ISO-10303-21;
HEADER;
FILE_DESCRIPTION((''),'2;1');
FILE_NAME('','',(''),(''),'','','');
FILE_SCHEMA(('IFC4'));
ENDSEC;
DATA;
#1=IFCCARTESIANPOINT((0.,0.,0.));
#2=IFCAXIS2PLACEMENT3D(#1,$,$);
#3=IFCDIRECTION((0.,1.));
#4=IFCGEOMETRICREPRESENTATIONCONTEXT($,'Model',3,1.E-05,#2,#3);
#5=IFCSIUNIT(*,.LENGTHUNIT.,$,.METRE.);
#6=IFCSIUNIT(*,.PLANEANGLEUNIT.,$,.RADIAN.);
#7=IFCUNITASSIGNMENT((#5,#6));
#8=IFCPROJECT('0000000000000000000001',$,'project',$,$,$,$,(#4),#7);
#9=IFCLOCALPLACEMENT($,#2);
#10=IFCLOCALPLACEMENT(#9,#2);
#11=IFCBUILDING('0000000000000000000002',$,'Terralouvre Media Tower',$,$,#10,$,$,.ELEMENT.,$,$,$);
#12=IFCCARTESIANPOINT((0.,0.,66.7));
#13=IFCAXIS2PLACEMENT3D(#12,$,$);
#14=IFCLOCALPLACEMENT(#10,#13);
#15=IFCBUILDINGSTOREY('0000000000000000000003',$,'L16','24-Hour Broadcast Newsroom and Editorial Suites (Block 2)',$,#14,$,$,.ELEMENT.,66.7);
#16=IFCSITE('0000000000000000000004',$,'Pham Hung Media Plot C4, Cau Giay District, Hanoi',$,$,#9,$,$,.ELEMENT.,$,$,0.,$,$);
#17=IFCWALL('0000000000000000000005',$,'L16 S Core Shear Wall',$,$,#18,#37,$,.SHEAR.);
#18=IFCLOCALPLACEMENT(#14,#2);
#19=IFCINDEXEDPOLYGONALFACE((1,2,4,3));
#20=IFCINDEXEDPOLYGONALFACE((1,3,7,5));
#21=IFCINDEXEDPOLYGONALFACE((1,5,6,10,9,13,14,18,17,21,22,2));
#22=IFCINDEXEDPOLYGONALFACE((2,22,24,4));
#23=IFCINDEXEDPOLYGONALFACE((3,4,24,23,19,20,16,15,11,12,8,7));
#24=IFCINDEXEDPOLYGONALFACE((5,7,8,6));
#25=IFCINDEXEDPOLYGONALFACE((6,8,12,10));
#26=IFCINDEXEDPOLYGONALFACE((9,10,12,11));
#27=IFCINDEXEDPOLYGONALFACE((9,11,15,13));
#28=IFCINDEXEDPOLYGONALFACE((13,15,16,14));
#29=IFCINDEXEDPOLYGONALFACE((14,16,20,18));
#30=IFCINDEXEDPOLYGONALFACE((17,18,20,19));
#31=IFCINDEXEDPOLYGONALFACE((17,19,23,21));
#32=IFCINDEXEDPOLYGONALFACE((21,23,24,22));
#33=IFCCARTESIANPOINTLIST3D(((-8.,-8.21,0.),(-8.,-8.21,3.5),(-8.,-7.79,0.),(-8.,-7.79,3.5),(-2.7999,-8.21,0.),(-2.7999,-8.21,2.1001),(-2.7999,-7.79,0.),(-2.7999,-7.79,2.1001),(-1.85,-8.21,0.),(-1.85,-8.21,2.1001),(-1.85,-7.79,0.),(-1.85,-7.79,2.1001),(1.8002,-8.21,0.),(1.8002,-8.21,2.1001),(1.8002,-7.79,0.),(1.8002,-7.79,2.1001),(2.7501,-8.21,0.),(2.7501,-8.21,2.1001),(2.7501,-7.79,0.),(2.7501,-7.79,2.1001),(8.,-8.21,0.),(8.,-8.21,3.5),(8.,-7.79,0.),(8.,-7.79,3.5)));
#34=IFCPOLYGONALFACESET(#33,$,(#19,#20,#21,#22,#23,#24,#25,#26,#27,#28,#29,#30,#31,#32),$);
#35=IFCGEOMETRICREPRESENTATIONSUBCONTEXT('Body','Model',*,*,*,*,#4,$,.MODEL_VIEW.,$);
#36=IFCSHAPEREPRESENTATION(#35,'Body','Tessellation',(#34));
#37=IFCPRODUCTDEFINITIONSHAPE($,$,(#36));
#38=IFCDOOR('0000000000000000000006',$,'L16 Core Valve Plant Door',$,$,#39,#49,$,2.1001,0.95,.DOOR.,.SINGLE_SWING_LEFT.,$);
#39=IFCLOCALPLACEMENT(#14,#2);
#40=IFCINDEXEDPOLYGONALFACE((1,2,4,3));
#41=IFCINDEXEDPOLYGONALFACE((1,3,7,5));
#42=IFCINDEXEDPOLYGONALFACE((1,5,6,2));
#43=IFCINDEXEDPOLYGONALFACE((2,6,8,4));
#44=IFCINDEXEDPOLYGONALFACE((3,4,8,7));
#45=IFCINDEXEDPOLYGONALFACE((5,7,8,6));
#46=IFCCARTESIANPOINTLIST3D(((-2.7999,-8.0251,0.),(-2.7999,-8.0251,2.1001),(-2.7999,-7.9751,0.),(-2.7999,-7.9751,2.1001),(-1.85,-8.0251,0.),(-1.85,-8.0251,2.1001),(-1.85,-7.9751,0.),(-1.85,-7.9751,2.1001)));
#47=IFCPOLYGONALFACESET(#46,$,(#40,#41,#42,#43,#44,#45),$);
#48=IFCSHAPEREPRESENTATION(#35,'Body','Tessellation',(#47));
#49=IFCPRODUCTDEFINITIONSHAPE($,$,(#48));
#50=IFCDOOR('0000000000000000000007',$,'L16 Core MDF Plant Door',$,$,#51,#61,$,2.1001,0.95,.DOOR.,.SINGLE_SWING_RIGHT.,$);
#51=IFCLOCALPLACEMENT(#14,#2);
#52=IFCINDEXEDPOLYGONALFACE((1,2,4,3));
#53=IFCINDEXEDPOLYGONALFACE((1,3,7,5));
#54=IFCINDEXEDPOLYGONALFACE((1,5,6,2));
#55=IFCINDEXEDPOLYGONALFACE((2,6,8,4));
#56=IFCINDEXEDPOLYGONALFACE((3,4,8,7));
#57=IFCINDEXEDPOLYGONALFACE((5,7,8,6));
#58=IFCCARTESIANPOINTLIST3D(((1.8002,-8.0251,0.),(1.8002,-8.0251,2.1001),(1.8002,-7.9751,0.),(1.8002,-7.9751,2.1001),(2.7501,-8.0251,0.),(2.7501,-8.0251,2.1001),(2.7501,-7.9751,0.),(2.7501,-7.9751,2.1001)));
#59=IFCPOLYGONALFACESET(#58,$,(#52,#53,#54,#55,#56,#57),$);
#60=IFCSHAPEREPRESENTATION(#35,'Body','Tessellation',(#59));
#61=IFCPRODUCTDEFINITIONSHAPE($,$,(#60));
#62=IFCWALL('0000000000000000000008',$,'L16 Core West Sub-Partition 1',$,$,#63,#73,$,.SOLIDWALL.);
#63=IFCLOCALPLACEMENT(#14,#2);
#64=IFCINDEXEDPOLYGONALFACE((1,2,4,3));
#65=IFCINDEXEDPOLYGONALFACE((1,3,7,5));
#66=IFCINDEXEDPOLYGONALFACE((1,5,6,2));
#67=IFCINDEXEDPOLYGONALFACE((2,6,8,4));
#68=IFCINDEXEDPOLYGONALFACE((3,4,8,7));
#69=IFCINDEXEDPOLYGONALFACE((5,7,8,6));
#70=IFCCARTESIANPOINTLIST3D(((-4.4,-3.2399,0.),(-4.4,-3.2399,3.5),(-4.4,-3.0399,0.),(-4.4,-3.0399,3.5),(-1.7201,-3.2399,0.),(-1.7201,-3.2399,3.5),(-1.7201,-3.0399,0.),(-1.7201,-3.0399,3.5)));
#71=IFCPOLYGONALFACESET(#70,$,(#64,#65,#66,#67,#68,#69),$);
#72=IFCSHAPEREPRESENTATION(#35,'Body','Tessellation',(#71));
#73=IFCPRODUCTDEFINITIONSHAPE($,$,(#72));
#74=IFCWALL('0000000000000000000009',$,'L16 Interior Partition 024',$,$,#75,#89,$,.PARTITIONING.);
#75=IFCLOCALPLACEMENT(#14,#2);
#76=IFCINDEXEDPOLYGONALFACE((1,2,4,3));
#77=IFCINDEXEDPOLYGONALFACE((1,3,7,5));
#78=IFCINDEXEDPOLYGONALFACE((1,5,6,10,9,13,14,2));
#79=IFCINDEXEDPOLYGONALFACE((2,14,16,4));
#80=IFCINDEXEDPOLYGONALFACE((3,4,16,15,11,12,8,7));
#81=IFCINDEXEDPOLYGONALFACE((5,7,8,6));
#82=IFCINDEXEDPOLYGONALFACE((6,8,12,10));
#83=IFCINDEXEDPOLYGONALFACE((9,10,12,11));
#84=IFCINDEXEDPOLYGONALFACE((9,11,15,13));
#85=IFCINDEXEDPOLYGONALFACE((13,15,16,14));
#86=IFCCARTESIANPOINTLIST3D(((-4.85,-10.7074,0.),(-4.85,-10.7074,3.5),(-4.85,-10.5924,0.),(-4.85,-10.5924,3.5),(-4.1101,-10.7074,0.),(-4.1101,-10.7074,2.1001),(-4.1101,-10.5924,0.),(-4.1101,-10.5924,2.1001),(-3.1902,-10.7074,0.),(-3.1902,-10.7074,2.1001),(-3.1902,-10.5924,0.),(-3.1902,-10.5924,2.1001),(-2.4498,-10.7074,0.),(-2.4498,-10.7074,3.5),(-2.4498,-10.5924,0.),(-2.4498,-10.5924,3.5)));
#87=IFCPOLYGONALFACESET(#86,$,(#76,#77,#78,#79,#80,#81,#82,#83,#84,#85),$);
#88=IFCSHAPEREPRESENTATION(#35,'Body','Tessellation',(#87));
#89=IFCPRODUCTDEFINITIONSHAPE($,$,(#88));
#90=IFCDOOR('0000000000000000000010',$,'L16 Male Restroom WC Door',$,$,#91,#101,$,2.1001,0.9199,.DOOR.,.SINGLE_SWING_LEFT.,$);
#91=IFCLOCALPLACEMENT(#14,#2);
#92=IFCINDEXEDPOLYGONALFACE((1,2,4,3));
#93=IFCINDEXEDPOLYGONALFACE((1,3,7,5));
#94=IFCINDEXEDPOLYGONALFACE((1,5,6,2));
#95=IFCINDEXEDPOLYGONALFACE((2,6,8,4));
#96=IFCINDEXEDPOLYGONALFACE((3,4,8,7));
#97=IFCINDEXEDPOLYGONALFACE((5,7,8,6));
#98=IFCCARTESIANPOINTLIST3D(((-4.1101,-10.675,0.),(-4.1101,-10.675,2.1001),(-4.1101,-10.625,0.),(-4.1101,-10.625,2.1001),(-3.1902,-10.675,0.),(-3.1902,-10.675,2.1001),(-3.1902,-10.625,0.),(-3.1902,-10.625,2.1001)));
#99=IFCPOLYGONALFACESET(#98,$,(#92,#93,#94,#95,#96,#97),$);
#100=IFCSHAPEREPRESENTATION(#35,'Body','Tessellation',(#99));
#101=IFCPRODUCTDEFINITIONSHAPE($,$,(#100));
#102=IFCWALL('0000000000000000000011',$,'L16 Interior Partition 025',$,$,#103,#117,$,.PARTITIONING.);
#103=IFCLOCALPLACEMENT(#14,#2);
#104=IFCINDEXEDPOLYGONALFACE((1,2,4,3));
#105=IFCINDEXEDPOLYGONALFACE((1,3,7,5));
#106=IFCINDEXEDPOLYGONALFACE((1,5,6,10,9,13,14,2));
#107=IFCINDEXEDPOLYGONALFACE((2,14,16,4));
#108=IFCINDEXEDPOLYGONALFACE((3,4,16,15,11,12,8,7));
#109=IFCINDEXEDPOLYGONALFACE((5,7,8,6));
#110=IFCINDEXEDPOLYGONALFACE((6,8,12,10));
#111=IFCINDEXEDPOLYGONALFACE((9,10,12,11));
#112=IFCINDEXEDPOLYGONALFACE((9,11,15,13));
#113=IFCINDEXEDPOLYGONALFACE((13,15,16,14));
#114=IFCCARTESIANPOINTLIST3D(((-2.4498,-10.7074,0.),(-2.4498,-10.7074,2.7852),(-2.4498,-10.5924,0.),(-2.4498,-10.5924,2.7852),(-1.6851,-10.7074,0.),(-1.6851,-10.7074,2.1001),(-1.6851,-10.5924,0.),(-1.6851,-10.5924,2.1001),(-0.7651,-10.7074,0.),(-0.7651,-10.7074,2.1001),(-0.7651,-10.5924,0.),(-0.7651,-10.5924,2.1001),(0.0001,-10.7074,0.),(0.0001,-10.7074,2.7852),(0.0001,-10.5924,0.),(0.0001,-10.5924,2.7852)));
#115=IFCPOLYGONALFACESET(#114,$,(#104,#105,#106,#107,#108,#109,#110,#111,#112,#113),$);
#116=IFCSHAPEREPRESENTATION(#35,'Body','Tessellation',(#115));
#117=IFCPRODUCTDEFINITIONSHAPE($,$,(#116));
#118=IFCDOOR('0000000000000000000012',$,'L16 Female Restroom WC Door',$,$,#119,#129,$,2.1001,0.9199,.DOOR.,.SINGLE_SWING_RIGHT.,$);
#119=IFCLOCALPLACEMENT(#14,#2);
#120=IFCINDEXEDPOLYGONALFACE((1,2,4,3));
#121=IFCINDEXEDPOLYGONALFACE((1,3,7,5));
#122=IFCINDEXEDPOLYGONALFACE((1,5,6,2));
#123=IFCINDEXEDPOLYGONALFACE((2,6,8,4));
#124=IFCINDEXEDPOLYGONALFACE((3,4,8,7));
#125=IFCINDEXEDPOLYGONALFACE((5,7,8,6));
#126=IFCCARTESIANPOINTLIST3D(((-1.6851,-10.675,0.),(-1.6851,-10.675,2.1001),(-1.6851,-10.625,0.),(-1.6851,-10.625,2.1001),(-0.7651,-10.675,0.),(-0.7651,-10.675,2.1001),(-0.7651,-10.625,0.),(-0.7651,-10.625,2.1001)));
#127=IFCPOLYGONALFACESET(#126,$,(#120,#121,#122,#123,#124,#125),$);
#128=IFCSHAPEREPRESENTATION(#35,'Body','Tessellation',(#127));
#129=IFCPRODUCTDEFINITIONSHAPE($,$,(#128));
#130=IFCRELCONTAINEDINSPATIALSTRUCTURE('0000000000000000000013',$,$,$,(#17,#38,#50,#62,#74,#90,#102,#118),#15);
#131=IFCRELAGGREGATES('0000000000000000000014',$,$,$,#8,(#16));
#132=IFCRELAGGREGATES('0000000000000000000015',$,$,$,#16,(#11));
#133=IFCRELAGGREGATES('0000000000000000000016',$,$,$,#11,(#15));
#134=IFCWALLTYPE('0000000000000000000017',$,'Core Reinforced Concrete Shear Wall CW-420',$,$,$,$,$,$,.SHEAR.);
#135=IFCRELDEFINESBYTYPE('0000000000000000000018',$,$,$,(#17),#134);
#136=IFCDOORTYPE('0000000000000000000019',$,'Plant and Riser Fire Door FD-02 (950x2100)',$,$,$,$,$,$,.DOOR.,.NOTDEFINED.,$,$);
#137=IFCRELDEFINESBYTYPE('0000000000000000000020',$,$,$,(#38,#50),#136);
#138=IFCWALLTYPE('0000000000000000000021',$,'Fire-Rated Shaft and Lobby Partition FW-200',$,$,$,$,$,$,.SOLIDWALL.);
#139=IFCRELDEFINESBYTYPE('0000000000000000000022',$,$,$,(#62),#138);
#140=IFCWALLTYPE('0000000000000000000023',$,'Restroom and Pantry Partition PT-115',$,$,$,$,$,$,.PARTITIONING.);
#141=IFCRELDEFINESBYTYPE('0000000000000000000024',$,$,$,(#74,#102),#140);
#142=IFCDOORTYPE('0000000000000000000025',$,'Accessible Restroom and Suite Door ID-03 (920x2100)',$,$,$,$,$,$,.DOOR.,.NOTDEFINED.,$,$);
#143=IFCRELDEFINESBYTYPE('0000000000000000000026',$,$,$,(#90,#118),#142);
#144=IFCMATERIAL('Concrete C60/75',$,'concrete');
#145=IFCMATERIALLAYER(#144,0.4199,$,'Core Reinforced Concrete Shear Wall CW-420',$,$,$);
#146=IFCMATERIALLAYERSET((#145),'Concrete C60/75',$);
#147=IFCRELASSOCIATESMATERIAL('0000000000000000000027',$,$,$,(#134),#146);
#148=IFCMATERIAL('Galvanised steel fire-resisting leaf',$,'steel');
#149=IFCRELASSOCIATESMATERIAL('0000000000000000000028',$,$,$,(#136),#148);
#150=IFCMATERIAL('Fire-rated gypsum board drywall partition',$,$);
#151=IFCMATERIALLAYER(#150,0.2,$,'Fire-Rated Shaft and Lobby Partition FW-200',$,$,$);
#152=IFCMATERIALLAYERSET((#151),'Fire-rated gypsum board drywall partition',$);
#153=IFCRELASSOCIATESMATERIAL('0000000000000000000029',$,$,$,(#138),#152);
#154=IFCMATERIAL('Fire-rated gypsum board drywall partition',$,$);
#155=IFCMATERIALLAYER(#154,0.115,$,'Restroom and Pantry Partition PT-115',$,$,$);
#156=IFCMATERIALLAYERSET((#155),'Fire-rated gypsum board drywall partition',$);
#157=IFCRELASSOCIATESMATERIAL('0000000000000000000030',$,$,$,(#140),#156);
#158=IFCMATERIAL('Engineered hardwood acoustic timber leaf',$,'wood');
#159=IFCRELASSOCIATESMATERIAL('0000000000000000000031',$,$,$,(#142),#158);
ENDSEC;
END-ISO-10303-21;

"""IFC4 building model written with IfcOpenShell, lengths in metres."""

from ifc_helpers import new_model, si_unit, direction, frame, frame_2d, origin, place, context, subcontext, project, spatial, rectangle, extrude, material, layer, layer_set, type_object, element, fill, save


model = new_model("IFC4")

# Units and contexts
model_context = context("Model", 3, precision=1e-05, world=origin(), true_north=direction((0.0, 1.0)))
body_context = subcontext(model_context, "Body", "Model", "MODEL_VIEW")
ifc_project = project(units=[si_unit("LENGTHUNIT", "METRE"), si_unit("PLANEANGLEUNIT", "RADIAN")], contexts=[model_context])

# Site, building, storey
site_placement = place(None, origin())
site = spatial("IfcSite", under=ifc_project, at=site_placement, Name="Pham Hung Media Plot C4, Cau Giay District, Hanoi", CompositionType="ELEMENT", RefElevation=0.0)
building_placement = place(site_placement, origin())
building = spatial("IfcBuilding", under=site, at=building_placement, Name="Terralouvre Media Tower", CompositionType="ELEMENT")
storey_placement = place(building_placement, frame((0.0, 0.0, 66.7)))
storey = spatial("IfcBuildingStorey", under=building, at=storey_placement, Name="L16", Description="24-Hour Broadcast Newsroom and Editorial Suites (Block 2)", CompositionType="ELEMENT", Elevation=66.7)

# Wall, openings, doors
ifc_material_1 = material(Name="Concrete C60/75", Category="concrete")
ifc_layer_1 = layer(ifc_material_1, 0.4199, Name="Core Reinforced Concrete Shear Wall CW-420")
ifc_layer_set_1 = layer_set([ifc_layer_1], Name="Concrete C60/75")
wall_type_1 = type_object("IfcWallType", Name="Core Reinforced Concrete Shear Wall CW-420", PredefinedType="SHEAR", material=ifc_layer_set_1)
wall_1_placement = place(storey_placement, frame((-8.0, -8.0, 0.0), z_axis=(0.0, 0.0, 1.0), x_axis=(1.0, 0.0, 0.0)))
wall_1 = element("IfcWall", 1, at=wall_1_placement, inside=storey, type_object=wall_type_1, Name="L16 S Core Shear Wall", PredefinedType="SHEAR", context=body_context, shape_type="SweptSolid", body=[
    extrude(rectangle(XDim=16.0, YDim=0.4199, at=frame_2d((8.0, 0.0))), origin(), (0.0, 0.0, 1.0), 3.5),
])
opening_1_placement = place(wall_1_placement, frame((5.2, 0.0, 0.0)))
opening_1 = element("IfcOpeningElement", 2, at=opening_1_placement, cuts=wall_1, PredefinedType="OPENING", context=body_context, shape_type="SweptSolid", body=[
    extrude(rectangle(XDim=0.95, YDim=2.1001, at=frame_2d((0.4751, 1.05))), frame((0.0, 0.22, 0.0), z_axis=(0.0, -1.0, 0.0), x_axis=(1.0, 0.0, 0.0)), (0.0, 0.0, 1.0), 0.4399),
])
opening_2_placement = place(wall_1_placement, frame((9.8, 0.0, 0.0)))
opening_2 = element("IfcOpeningElement", 3, at=opening_2_placement, cuts=wall_1, PredefinedType="OPENING", context=body_context, shape_type="SweptSolid", body=[
    extrude(rectangle(XDim=0.95, YDim=2.1001, at=frame_2d((0.4751, 1.05))), frame((0.0, 0.22, 0.0), z_axis=(0.0, -1.0, 0.0), x_axis=(1.0, 0.0, 0.0)), (0.0, 0.0, 1.0), 0.4399),
])
ifc_material_2 = material(Name="Galvanised steel fire-resisting leaf", Category="steel")
door_type_1 = type_object("IfcDoorType", Name="Plant and Riser Fire Door FD-02 (950x2100)", OperationType="NOTDEFINED", PredefinedType="DOOR", material=ifc_material_2)
door_1_placement = place(opening_1_placement, origin())
door_1 = element("IfcDoor", 4, at=door_1_placement, inside=storey, type_object=door_type_1, Name="L16 Core Valve Plant Door", OperationType="SINGLE_SWING_LEFT", OverallHeight=2.1001, OverallWidth=0.95, PredefinedType="DOOR", context=body_context, shape_type="SweptSolid", body=[
    extrude(rectangle(XDim=0.95, YDim=2.1001, at=frame_2d((0.4751, 1.05))), frame((0.0, 0.0249, 0.0), z_axis=(0.0, -1.0, 0.0), x_axis=(1.0, 0.0, 0.0)), (0.0, 0.0, 1.0), 0.05),
])
fill(opening_1, door_1)
door_2_placement = place(opening_2_placement, origin())
door_2 = element("IfcDoor", 5, at=door_2_placement, inside=storey, type_object=door_type_1, Name="L16 Core MDF Plant Door", OperationType="SINGLE_SWING_RIGHT", OverallHeight=2.1001, OverallWidth=0.95, PredefinedType="DOOR", context=body_context, shape_type="SweptSolid", body=[
    extrude(rectangle(XDim=0.95, YDim=2.1001, at=frame_2d((0.4751, 1.05))), frame((0.0, 0.0249, 0.0), z_axis=(0.0, -1.0, 0.0), x_axis=(1.0, 0.0, 0.0)), (0.0, 0.0, 1.0), 0.05),
])
fill(opening_2, door_2)

# Wall
ifc_material_3 = material(Name="Fire-rated gypsum board drywall partition")
ifc_layer_2 = layer(ifc_material_3, 0.2, Name="Fire-Rated Shaft and Lobby Partition FW-200")
ifc_layer_set_2 = layer_set([ifc_layer_2], Name="Fire-rated gypsum board drywall partition")
wall_type_2 = type_object("IfcWallType", Name="Fire-Rated Shaft and Lobby Partition FW-200", PredefinedType="SOLIDWALL", material=ifc_layer_set_2)
wall_2_placement = place(storey_placement, frame((-4.3999, -3.1399, 0.0), z_axis=(0.0, 0.0, 1.0), x_axis=(1.0, 0.0, 0.0)))
element("IfcWall", 6, at=wall_2_placement, inside=storey, type_object=wall_type_2, Name="L16 Core West Sub-Partition 1", PredefinedType="SOLIDWALL", context=body_context, shape_type="SweptSolid", body=[
    extrude(rectangle(XDim=2.6799, YDim=0.2, at=frame_2d((1.3398, 0.0))), origin(), (0.0, 0.0, 1.0), 3.5),
])

# Walls, openings, doors
ifc_material_4 = material(Name="Fire-rated gypsum board drywall partition")
ifc_layer_3 = layer(ifc_material_4, 0.115, Name="Restroom and Pantry Partition PT-115")
ifc_layer_set_3 = layer_set([ifc_layer_3], Name="Fire-rated gypsum board drywall partition")
wall_type_3 = type_object("IfcWallType", Name="Restroom and Pantry Partition PT-115", PredefinedType="PARTITIONING", material=ifc_layer_set_3)
wall_3_placement = place(storey_placement, frame((-4.8501, -10.6499, 0.0), z_axis=(0.0, 0.0, 1.0), x_axis=(1.0, 0.0, 0.0)))
wall_3 = element("IfcWall", 7, at=wall_3_placement, inside=storey, type_object=wall_type_3, Name="L16 Interior Partition 024", PredefinedType="PARTITIONING", context=body_context, shape_type="SweptSolid", body=[
    extrude(rectangle(XDim=2.4001, YDim=0.115, at=frame_2d((1.2002, 0.0))), origin(), (0.0, 0.0, 1.0), 3.5),
])
opening_3_placement = place(wall_3_placement, frame((0.74, 0.0, 0.0)))
opening_3 = element("IfcOpeningElement", 8, at=opening_3_placement, cuts=wall_3, PredefinedType="OPENING", context=body_context, shape_type="SweptSolid", body=[
    extrude(rectangle(XDim=0.9199, YDim=2.1001, at=frame_2d((0.46, 1.05))), frame((0.0, 0.0674, 0.0), z_axis=(0.0, -1.0, 0.0), x_axis=(1.0, 0.0, 0.0)), (0.0, 0.0, 1.0), 0.135),
])
ifc_material_5 = material(Name="Engineered hardwood acoustic timber leaf", Category="wood")
door_type_2 = type_object("IfcDoorType", Name="Accessible Restroom and Suite Door ID-03 (920x2100)", OperationType="NOTDEFINED", PredefinedType="DOOR", material=ifc_material_5)
door_3_placement = place(opening_3_placement, origin())
door_3 = element("IfcDoor", 9, at=door_3_placement, inside=storey, type_object=door_type_2, Name="L16 Male Restroom WC Door", OperationType="SINGLE_SWING_LEFT", OverallHeight=2.1001, OverallWidth=0.9199, PredefinedType="DOOR", context=body_context, shape_type="SweptSolid", body=[
    extrude(rectangle(XDim=0.9199, YDim=2.1001, at=frame_2d((0.46, 1.05))), frame((0.0, 0.0249, 0.0), z_axis=(0.0, -1.0, 0.0), x_axis=(1.0, 0.0, 0.0)), (0.0, 0.0, 1.0), 0.05),
])
fill(opening_3, door_3)
wall_4_placement = place(storey_placement, frame((-2.45, -10.6499, 0.0), z_axis=(0.0, 0.0, 1.0), x_axis=(1.0, 0.0, 0.0)))
wall_4 = element("IfcWall", 10, at=wall_4_placement, inside=storey, type_object=wall_type_3, Name="L16 Interior Partition 025", PredefinedType="PARTITIONING", context=body_context, shape_type="SweptSolid", body=[
    extrude(rectangle(XDim=2.45, YDim=0.115, at=frame_2d((1.2251, 0.0))), origin(), (0.0, 0.0, 1.0), 2.7852),
])
opening_4_placement = place(wall_4_placement, frame((0.7649, 0.0, 0.0)))
opening_4 = element("IfcOpeningElement", 11, at=opening_4_placement, cuts=wall_4, PredefinedType="OPENING", context=body_context, shape_type="SweptSolid", body=[
    extrude(rectangle(XDim=0.9199, YDim=2.1001, at=frame_2d((0.46, 1.05))), frame((0.0, 0.0674, 0.0), z_axis=(0.0, -1.0, 0.0), x_axis=(1.0, 0.0, 0.0)), (0.0, 0.0, 1.0), 0.135),
])
door_4_placement = place(opening_4_placement, origin())
door_4 = element("IfcDoor", 12, at=door_4_placement, inside=storey, type_object=door_type_2, Name="L16 Female Restroom WC Door", OperationType="SINGLE_SWING_RIGHT", OverallHeight=2.1001, OverallWidth=0.9199, PredefinedType="DOOR", context=body_context, shape_type="SweptSolid", body=[
    extrude(rectangle(XDim=0.9199, YDim=2.1001, at=frame_2d((0.46, 1.05))), frame((0.0, 0.0249, 0.0), z_axis=(0.0, -1.0, 0.0), x_axis=(1.0, 0.0, 0.0)), (0.0, 0.0, 1.0), 0.05),
])
fill(opening_4, door_4)

save(model, "model.ifc")
